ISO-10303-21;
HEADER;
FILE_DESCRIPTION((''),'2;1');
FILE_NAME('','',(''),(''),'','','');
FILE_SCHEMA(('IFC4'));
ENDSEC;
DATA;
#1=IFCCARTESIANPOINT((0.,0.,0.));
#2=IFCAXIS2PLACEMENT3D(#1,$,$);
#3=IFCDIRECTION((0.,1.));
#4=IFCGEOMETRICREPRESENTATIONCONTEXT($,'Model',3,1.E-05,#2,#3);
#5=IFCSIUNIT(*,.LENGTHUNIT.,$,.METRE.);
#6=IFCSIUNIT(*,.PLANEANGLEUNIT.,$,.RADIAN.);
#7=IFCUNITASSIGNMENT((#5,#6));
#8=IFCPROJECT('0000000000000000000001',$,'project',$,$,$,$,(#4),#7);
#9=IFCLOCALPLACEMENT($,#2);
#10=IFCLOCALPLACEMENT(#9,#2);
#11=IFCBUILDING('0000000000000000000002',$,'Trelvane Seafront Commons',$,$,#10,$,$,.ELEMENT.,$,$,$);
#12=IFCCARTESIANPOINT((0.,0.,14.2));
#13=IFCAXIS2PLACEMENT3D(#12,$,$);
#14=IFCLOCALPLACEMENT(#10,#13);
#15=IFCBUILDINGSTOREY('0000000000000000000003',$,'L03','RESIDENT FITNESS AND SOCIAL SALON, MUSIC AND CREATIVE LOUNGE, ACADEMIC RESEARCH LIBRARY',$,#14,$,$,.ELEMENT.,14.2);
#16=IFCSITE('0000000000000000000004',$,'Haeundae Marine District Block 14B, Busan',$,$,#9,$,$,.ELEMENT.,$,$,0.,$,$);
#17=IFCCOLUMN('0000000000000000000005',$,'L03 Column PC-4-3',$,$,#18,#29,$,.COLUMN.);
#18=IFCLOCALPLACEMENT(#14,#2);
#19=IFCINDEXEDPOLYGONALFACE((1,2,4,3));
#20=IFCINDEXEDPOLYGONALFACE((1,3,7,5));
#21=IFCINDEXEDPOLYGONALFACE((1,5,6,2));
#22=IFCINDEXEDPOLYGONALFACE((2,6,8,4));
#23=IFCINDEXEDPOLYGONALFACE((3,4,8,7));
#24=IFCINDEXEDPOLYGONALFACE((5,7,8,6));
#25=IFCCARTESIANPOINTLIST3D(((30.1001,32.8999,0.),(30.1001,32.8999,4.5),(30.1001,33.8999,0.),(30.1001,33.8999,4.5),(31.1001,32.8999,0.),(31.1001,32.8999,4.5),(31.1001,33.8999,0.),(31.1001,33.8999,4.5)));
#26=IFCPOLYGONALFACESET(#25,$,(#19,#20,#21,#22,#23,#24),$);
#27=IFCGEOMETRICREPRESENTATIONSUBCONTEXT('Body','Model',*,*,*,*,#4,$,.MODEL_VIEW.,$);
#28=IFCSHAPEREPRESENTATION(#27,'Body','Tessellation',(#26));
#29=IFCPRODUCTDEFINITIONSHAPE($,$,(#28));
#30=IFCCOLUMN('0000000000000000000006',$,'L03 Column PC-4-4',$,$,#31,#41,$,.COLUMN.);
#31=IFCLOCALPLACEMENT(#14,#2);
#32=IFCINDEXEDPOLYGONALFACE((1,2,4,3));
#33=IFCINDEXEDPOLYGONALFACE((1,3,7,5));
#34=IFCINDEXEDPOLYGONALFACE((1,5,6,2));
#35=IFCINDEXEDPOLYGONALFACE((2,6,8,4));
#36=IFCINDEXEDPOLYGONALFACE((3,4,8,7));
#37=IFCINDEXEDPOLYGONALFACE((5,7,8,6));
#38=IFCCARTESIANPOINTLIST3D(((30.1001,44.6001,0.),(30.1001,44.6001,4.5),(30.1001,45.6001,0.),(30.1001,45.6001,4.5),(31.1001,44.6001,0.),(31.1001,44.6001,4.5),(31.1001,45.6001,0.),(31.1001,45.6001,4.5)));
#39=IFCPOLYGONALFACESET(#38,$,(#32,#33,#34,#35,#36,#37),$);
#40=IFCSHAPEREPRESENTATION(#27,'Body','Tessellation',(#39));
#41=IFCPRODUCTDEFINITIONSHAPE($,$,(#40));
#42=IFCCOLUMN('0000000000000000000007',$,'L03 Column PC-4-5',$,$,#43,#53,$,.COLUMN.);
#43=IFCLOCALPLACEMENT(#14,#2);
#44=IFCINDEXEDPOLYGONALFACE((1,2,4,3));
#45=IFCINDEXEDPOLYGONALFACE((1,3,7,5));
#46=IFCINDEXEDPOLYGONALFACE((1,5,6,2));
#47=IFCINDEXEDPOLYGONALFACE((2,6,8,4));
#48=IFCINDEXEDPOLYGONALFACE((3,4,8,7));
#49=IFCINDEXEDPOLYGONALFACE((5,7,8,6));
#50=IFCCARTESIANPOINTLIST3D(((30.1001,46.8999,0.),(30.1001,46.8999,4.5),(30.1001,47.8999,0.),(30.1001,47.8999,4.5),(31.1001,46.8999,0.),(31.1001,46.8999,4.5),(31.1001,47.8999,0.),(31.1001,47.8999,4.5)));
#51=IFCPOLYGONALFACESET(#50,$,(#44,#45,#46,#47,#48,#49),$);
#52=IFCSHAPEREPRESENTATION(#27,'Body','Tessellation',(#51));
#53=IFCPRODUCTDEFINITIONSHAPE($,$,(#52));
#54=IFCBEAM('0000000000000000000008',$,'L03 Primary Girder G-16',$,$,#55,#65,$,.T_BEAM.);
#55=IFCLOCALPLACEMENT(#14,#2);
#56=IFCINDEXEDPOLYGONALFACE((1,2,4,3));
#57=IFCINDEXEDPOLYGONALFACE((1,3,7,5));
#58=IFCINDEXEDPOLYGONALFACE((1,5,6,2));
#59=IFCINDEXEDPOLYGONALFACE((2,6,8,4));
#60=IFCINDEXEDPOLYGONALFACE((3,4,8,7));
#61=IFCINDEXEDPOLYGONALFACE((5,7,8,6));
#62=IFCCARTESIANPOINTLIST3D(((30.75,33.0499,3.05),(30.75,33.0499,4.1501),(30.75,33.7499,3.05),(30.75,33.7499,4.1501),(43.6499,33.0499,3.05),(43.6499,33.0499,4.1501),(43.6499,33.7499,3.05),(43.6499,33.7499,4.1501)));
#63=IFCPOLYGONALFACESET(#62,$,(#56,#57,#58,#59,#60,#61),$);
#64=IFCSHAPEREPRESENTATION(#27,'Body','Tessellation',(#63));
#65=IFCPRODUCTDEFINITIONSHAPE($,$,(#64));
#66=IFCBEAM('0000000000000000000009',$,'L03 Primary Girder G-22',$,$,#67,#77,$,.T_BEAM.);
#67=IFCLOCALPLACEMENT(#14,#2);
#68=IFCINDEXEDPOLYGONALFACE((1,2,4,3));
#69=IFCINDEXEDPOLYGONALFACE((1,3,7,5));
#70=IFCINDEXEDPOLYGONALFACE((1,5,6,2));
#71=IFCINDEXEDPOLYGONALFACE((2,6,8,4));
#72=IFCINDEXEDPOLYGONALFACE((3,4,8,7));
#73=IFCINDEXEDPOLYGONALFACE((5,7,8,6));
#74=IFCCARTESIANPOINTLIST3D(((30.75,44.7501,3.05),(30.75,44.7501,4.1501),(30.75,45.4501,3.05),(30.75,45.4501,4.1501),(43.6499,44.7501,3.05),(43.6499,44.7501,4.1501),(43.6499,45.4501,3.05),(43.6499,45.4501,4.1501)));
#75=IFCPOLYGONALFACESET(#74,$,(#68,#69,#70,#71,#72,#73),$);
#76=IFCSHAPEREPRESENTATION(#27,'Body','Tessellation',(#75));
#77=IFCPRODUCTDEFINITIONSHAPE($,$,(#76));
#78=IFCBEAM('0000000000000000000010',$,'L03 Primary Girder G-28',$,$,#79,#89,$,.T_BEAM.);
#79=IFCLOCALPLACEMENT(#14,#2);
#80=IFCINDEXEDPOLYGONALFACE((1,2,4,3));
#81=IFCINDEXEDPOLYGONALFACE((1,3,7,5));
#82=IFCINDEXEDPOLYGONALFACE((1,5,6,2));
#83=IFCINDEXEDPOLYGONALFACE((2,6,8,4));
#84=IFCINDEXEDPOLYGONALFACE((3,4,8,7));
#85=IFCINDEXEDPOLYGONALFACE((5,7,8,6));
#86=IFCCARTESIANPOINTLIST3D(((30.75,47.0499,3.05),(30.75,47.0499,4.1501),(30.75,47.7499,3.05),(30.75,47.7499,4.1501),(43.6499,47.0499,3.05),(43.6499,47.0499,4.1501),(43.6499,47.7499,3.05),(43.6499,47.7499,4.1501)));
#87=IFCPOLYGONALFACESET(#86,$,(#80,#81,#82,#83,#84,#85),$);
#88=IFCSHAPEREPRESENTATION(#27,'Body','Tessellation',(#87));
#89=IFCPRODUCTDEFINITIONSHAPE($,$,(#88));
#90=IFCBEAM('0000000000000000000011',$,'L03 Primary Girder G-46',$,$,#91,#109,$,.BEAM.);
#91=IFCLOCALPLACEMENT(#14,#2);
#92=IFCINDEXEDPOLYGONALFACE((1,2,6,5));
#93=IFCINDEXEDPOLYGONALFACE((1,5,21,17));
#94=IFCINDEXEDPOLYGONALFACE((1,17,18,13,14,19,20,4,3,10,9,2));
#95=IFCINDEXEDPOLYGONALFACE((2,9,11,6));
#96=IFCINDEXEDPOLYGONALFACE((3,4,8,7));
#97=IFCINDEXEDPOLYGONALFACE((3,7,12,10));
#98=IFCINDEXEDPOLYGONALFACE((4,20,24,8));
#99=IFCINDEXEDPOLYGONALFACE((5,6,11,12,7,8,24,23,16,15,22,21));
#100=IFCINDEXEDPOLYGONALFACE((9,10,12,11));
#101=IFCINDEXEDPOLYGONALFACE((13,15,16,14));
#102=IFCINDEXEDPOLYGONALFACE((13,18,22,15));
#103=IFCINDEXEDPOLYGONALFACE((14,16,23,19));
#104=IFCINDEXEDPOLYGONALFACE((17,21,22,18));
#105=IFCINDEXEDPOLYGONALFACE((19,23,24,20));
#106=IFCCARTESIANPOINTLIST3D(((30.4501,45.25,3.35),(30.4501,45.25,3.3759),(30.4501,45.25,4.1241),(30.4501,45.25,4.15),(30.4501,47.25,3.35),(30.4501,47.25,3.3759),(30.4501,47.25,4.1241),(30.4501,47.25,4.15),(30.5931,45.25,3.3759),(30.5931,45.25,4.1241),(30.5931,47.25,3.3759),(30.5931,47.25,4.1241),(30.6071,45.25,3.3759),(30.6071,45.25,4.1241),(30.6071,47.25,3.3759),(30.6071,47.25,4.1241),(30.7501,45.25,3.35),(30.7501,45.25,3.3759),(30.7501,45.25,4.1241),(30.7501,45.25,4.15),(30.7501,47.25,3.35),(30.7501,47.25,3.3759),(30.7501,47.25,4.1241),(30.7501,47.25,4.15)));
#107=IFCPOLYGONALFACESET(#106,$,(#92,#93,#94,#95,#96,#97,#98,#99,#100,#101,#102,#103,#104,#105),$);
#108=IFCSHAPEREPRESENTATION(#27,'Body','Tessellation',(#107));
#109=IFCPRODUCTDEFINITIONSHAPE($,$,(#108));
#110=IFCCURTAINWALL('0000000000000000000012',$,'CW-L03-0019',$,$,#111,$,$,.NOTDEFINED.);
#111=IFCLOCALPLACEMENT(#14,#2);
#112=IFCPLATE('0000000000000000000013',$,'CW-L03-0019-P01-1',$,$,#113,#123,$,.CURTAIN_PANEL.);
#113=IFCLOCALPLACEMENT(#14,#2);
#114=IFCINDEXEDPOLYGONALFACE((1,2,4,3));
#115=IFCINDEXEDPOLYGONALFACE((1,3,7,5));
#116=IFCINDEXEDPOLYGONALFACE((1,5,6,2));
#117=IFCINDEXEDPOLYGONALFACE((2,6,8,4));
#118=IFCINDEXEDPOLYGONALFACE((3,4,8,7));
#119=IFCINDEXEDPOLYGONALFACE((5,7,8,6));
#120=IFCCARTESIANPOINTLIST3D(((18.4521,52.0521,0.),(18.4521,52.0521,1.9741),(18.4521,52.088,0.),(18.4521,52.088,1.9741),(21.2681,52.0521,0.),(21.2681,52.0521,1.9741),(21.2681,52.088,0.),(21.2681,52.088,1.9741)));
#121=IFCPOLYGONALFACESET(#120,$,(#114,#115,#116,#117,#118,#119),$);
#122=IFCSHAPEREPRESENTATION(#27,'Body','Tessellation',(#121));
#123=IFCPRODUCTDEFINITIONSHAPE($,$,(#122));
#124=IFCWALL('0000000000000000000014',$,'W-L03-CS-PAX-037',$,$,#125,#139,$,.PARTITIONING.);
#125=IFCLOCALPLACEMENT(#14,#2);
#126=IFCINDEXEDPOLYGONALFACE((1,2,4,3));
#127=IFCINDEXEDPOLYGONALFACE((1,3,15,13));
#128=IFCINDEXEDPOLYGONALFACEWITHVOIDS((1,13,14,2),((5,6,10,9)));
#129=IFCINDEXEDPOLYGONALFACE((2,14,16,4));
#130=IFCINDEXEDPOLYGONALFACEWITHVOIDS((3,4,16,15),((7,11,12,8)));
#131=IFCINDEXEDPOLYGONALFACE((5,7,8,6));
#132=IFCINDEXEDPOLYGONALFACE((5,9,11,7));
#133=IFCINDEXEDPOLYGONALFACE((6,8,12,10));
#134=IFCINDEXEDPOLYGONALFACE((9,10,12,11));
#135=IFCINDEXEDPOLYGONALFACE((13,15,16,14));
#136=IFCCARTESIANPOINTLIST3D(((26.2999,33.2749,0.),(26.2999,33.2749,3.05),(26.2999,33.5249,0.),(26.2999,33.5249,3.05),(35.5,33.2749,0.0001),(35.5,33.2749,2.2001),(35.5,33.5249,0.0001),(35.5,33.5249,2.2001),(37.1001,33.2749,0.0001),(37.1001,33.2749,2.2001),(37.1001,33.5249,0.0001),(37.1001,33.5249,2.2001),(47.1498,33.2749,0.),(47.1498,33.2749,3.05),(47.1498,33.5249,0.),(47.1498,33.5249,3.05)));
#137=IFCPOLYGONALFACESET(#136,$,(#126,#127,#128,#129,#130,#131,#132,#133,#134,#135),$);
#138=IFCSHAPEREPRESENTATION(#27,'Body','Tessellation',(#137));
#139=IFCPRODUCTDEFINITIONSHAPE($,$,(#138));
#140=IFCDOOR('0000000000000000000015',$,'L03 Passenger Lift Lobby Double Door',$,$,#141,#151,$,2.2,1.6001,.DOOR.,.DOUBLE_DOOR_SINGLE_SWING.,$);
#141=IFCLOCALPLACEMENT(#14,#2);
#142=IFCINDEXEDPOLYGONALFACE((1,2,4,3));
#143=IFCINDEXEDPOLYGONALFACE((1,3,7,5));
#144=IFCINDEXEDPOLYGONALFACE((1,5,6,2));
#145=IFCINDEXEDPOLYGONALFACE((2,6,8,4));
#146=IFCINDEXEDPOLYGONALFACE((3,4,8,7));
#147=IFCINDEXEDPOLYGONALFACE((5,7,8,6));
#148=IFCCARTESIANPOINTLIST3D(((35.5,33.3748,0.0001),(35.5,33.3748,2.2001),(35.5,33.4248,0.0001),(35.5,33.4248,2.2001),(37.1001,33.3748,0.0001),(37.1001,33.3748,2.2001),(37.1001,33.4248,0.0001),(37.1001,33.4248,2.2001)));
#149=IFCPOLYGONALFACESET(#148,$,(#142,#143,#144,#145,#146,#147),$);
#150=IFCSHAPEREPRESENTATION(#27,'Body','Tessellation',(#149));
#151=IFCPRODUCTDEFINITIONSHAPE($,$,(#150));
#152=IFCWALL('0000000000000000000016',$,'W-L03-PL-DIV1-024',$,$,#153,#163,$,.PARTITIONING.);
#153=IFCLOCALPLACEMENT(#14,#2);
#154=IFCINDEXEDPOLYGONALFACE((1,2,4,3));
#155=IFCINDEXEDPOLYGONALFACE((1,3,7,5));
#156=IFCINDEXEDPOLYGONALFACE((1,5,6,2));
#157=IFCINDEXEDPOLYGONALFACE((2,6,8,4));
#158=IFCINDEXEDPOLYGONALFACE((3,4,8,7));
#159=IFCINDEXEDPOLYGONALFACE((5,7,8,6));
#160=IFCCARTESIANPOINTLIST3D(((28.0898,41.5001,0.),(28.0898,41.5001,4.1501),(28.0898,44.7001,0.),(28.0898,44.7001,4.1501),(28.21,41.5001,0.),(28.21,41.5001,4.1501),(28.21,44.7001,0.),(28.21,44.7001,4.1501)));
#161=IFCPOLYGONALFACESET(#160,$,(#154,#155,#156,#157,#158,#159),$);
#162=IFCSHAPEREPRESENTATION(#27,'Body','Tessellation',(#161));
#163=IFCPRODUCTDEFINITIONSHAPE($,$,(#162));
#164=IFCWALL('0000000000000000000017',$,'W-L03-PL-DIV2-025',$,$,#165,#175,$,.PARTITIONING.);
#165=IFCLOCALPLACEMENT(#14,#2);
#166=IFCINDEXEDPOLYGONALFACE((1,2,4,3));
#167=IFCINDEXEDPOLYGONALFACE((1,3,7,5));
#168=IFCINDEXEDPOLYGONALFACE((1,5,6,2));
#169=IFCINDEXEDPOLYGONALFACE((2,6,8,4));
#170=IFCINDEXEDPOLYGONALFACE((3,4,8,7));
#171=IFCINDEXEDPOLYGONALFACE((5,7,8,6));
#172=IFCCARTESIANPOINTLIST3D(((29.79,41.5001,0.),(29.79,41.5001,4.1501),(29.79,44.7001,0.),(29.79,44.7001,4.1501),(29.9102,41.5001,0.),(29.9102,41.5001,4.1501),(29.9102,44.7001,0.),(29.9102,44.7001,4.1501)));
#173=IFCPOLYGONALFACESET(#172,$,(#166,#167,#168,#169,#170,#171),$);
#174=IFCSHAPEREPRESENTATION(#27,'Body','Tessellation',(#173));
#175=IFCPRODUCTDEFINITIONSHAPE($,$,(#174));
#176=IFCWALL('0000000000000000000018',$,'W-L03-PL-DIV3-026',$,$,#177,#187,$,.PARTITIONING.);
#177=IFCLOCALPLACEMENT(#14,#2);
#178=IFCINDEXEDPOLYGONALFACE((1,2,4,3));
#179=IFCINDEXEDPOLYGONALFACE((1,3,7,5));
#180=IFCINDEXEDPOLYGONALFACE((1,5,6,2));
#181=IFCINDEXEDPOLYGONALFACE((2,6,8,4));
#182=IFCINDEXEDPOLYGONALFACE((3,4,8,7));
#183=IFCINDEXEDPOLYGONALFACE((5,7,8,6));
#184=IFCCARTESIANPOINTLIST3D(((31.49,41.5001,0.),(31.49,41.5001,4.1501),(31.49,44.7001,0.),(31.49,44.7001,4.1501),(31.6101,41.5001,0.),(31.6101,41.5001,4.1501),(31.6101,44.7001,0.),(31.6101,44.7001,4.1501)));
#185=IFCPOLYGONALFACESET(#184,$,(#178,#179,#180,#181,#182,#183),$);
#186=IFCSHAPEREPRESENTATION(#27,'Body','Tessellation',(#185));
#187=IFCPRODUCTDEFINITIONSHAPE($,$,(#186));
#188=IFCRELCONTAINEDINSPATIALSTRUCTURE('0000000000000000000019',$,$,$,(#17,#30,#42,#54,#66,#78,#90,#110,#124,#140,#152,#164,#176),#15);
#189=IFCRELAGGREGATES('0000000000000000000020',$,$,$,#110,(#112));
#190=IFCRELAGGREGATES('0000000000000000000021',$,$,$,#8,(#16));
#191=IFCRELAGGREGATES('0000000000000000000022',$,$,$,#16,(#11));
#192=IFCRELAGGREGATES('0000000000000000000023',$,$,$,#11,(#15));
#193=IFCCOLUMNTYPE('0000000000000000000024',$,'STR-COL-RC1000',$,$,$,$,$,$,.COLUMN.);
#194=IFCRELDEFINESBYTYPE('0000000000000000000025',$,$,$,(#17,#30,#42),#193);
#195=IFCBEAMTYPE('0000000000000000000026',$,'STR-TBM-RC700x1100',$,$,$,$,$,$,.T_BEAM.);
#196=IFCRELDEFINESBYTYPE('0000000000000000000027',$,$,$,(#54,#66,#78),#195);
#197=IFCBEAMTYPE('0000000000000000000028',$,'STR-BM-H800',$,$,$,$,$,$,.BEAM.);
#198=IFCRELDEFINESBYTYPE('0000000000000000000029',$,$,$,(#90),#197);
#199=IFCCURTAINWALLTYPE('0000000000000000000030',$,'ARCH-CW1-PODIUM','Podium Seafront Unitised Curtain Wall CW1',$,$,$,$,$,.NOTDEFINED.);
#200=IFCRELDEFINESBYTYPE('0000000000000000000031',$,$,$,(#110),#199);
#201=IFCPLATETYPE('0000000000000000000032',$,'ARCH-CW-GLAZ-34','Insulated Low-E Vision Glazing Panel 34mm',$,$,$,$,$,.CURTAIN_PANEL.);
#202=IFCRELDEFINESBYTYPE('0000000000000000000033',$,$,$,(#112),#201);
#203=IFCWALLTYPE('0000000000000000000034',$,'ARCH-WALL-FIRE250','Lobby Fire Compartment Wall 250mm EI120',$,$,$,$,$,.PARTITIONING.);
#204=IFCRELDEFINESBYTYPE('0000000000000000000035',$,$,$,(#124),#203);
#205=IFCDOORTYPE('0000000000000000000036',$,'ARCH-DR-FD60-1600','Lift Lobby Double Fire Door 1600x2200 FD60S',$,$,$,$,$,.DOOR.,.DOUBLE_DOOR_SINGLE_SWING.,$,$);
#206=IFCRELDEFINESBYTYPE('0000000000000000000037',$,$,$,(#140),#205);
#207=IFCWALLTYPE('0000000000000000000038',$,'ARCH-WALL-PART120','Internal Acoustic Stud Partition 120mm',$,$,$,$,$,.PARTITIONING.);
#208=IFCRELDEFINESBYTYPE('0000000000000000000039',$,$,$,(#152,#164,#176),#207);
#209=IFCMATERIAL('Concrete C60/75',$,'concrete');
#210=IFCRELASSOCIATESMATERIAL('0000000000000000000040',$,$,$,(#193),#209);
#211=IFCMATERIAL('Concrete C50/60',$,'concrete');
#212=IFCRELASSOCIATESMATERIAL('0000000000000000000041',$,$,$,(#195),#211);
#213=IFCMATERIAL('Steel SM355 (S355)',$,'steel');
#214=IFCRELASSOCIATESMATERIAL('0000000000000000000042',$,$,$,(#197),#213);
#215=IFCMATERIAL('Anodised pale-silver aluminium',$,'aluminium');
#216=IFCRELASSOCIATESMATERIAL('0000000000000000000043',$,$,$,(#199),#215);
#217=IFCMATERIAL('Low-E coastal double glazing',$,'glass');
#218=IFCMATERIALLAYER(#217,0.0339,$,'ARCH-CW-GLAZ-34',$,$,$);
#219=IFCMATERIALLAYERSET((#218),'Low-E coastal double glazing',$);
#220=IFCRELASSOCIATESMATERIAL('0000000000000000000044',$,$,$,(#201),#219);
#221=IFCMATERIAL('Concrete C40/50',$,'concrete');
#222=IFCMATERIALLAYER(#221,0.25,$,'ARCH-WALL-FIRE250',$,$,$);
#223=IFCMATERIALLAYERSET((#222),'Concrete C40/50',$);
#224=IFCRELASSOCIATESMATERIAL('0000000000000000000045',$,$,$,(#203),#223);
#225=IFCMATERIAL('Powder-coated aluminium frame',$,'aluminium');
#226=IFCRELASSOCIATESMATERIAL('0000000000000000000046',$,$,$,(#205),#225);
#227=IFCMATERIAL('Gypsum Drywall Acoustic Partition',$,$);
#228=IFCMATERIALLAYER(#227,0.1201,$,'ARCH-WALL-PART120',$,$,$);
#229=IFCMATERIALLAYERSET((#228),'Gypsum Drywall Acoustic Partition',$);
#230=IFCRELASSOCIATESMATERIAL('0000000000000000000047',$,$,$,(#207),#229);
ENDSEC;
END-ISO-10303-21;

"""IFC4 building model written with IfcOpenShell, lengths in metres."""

from ifc_helpers import new_model, si_unit, direction, frame, frame_2d, origin, origin_2d, place, context, subcontext, project, spatial, rectangle, i_section, extrude, source, transform, mapped, material, layer, layer_set, material_profile, profile_set, type_object, element, fill, aggregate, save


model = new_model("IFC4")

# Units and contexts
model_context = context("Model", 3, precision=1e-05, world=origin(), true_north=direction((0.0, 1.0)))
body_context = subcontext(model_context, "Body", "Model", "MODEL_VIEW")
ifc_project = project(units=[si_unit("LENGTHUNIT", "METRE"), si_unit("PLANEANGLEUNIT", "RADIAN")], contexts=[model_context])

# Site, building, storey
site_placement = place(None, origin())
site = spatial("IfcSite", under=ifc_project, at=site_placement, Name="Haeundae Marine District Block 14B, Busan", CompositionType="ELEMENT", RefElevation=0.0)
building_placement = place(site_placement, origin())
building = spatial("IfcBuilding", under=site, at=building_placement, Name="Trelvane Seafront Commons", CompositionType="ELEMENT")
storey_placement = place(building_placement, frame((0.0, 0.0, 14.2)))
storey = spatial("IfcBuildingStorey", under=building, at=storey_placement, Name="L03", Description="RESIDENT FITNESS AND SOCIAL SALON, MUSIC AND CREATIVE LOUNGE, ACADEMIC RESEARCH LIBRARY", CompositionType="ELEMENT", Elevation=14.2)

# Columns
ifc_material_1 = material(Name="Concrete C60/75", Category="concrete")
ifc_material_profile_1 = material_profile(ifc_material_1, rectangle(XDim=1.0, YDim=1.0, at=origin_2d()), Name="RC-1000x1000")
ifc_profile_set_1 = profile_set([ifc_material_profile_1], Name="Concrete C60/75")
column_type = type_object("IfcColumnType", Name="STR-COL-RC1000", PredefinedType="COLUMN", material=ifc_profile_set_1)
shared_shape_1 = source(origin(), body_context, "Body", "SweptSolid", [
    extrude(rectangle(XDim=1.0, YDim=1.0, at=origin_2d()), origin(), (0.0, 0.0, 1.0), 4.5),
])
for number, where, z_axis, x_axis, name in (
    (1, (30.6001, 33.3999, 0.0), (0.0, 0.0, 1.0), (1.0, 0.0, 0.0), "L03 Column PC-4-3"),
    (2, (30.6001, 45.1001, 0.0), (0.0, 0.0, 1.0), (1.0, 0.0, 0.0), "L03 Column PC-4-4"),
    (3, (30.6001, 47.3999, 0.0), (0.0, 0.0, 1.0), (1.0, 0.0, 0.0), "L03 Column PC-4-5"),
):
    element("IfcColumn", number, at=place(storey_placement, frame(where, z_axis=z_axis, x_axis=x_axis)), inside=storey, type_object=column_type, Name=name, PredefinedType="COLUMN", context=body_context, shape_type="MappedRepresentation", body=[
        mapped(shared_shape_1, transform((0.0, 0.0, 0.0), x_axis=(1.0, 0.0, 0.0), y_axis=(0.0, 1.0, 0.0), z_axis=(0.0, 0.0, 1.0), scale=1.0)),
    ])

# Beams
ifc_material_2 = material(Name="Concrete C50/60", Category="concrete")
ifc_material_profile_2 = material_profile(ifc_material_2, rectangle(XDim=0.7, YDim=1.1001, at=origin_2d()), Name="RC-700x1100")
ifc_profile_set_2 = profile_set([ifc_material_profile_2], Name="Concrete C50/60")
beam_type_1 = type_object("IfcBeamType", Name="STR-TBM-RC700x1100", PredefinedType="T_BEAM", material=ifc_profile_set_2)
shared_shape_2 = source(origin(), body_context, "Body", "SweptSolid", [
    extrude(rectangle(XDim=0.7, YDim=1.1001, at=origin_2d()), origin(), (0.0, 0.0, 1.0), 12.8999),
])
for number, where, z_axis, x_axis, name in (
    (4, (30.75, 33.3999, 3.6001), (1.0, 0.0, 0.0), (0.0, 1.0, 0.0), "L03 Primary Girder G-16"),
    (5, (30.75, 45.1001, 3.6001), (1.0, 0.0, 0.0), (0.0, 1.0, 0.0), "L03 Primary Girder G-22"),
    (6, (30.75, 47.3999, 3.6001), (1.0, 0.0, 0.0), (0.0, 1.0, 0.0), "L03 Primary Girder G-28"),
):
    element("IfcBeam", number, at=place(storey_placement, frame(where, z_axis=z_axis, x_axis=x_axis)), inside=storey, type_object=beam_type_1, Name=name, PredefinedType="T_BEAM", context=body_context, shape_type="MappedRepresentation", body=[
        mapped(shared_shape_2, transform((0.0, 0.0, 0.0), x_axis=(1.0, 0.0, 0.0), y_axis=(0.0, 1.0, 0.0), z_axis=(0.0, 0.0, 1.0), scale=1.0)),
    ])
ifc_material_3 = material(Name="Steel SM355 (S355)", Category="steel")
ifc_material_profile_3 = material_profile(ifc_material_3, i_section(OverallWidth=0.3, OverallDepth=0.8, WebThickness=0.0139, FlangeThickness=0.0259, at=origin_2d()), Name="H-800x300x14x26")
ifc_profile_set_3 = profile_set([ifc_material_profile_3], Name="Steel SM355 (S355)")
beam_type_2 = type_object("IfcBeamType", Name="STR-BM-H800", PredefinedType="BEAM", material=ifc_profile_set_3)
shared_shape_3 = source(origin(), body_context, "Body", "SweptSolid", [
    extrude(i_section(OverallWidth=0.3, OverallDepth=0.8, WebThickness=0.0139, FlangeThickness=0.0259, at=origin_2d()), origin(), (0.0, 0.0, 1.0), 2.0),
])
beam_placement = place(storey_placement, frame((30.6001, 45.25, 3.75), z_axis=(0.0, 1.0, 0.0), x_axis=(-1.0, 0.0, 0.0)))
element("IfcBeam", 7, at=beam_placement, inside=storey, type_object=beam_type_2, Name="L03 Primary Girder G-46", PredefinedType="BEAM", context=body_context, shape_type="MappedRepresentation", body=[
    mapped(shared_shape_3, transform((0.0, 0.0, 0.0), x_axis=(1.0, 0.0, 0.0), y_axis=(0.0, 1.0, 0.0), z_axis=(0.0, 0.0, 1.0), scale=1.0)),
])

# Curtain wall, plate
ifc_material_4 = material(Name="Anodised pale-silver aluminium", Category="aluminium")
curtain_wall_type = type_object("IfcCurtainWallType", Name="ARCH-CW1-PODIUM", Description="Podium Seafront Unitised Curtain Wall CW1", PredefinedType="NOTDEFINED", material=ifc_material_4)
curtain_wall_placement = place(storey_placement, origin())
curtain_wall = element("IfcCurtainWall", 8, at=curtain_wall_placement, inside=storey, type_object=curtain_wall_type, Name="CW-L03-0019", PredefinedType="NOTDEFINED")
ifc_material_5 = material(Name="Low-E coastal double glazing", Category="glass")
ifc_layer_1 = layer(ifc_material_5, 0.0339, Name="ARCH-CW-GLAZ-34")
ifc_layer_set_1 = layer_set([ifc_layer_1], Name="Low-E coastal double glazing")
plate_type = type_object("IfcPlateType", Name="ARCH-CW-GLAZ-34", Description="Insulated Low-E Vision Glazing Panel 34mm", PredefinedType="CURTAIN_PANEL", material=ifc_layer_set_1)
shared_shape_4 = source(origin(), body_context, "Body", "SweptSolid", [
    extrude(rectangle(XDim=2.8159, YDim=0.0359, at=origin_2d()), origin(), (0.0, 0.0, 1.0), 1.9741),
])
plate_placement = place(storey_placement, frame((19.8601, 52.0701, 0.0), z_axis=(0.0, 0.0, 1.0), x_axis=(1.0, 0.0, 0.0)))
plate = element("IfcPlate", 9, at=plate_placement, type_object=plate_type, Name="CW-L03-0019-P01-1", PredefinedType="CURTAIN_PANEL", context=body_context, shape_type="MappedRepresentation", body=[
    mapped(shared_shape_4, transform((0.0, 0.0, 0.0), x_axis=(1.0, 0.0, 0.0), y_axis=(0.0, 1.0, 0.0), z_axis=(0.0, 0.0, 1.0), scale=1.0)),
])
aggregate(curtain_wall, [plate])

# Wall, opening, door
ifc_material_6 = material(Name="Concrete C40/50", Category="concrete")
ifc_layer_2 = layer(ifc_material_6, 0.25, Name="ARCH-WALL-FIRE250")
ifc_layer_set_2 = layer_set([ifc_layer_2], Name="Concrete C40/50")
wall_type_1 = type_object("IfcWallType", Name="ARCH-WALL-FIRE250", Description="Lobby Fire Compartment Wall 250mm EI120", PredefinedType="PARTITIONING", material=ifc_layer_set_2)
wall_1_placement = place(storey_placement, frame((26.3, 33.3999, 0.0), z_axis=(0.0, 0.0, 1.0), x_axis=(1.0, 0.0, 0.0)))
wall_1 = element("IfcWall", 10, at=wall_1_placement, inside=storey, type_object=wall_type_1, Name="W-L03-CS-PAX-037", PredefinedType="PARTITIONING", context=body_context, shape_type="SweptSolid", body=[
    extrude(rectangle(XDim=20.8499, YDim=0.25, at=frame_2d((10.4248, 0.0))), origin(), (0.0, 0.0, 1.0), 3.05),
])
opening_1_placement = place(wall_1_placement, frame((9.2, 0.0, 0.0)))
opening_1 = element("IfcOpeningElement", 11, at=opening_1_placement, cuts=wall_1, PredefinedType="OPENING", context=body_context, shape_type="SweptSolid", body=[
    extrude(rectangle(XDim=1.6001, YDim=2.2, at=frame_2d((0.8, 1.1001))), frame((0.0, 0.135, 0.0), z_axis=(0.0, -1.0, 0.0), x_axis=(1.0, 0.0, 0.0)), (0.0, 0.0, 1.0), 0.27),
])
ifc_material_7 = material(Name="Powder-coated aluminium frame", Category="aluminium")
door_type_1 = type_object("IfcDoorType", Name="ARCH-DR-FD60-1600", Description="Lift Lobby Double Fire Door 1600x2200 FD60S", OperationType="DOUBLE_DOOR_SINGLE_SWING", PredefinedType="DOOR", material=ifc_material_7)
shared_shape_5 = source(origin(), body_context, "Body", "SweptSolid", [
    extrude(rectangle(XDim=1.6001, YDim=2.2, at=frame_2d((0.8, 1.1001))), frame((0.0, 0.0249, 0.0), z_axis=(0.0, -1.0, 0.0), x_axis=(1.0, 0.0, 0.0)), (0.0, 0.0, 1.0), 0.05),
])
door_1_placement = place(opening_1_placement, origin())
door_1 = element("IfcDoor", 12, at=door_1_placement, inside=storey, type_object=door_type_1, Name="L03 Passenger Lift Lobby Double Door", OperationType="DOUBLE_DOOR_SINGLE_SWING", OverallHeight=2.2, OverallWidth=1.6001, PredefinedType="DOOR", context=body_context, shape_type="MappedRepresentation", body=[
    mapped(shared_shape_5, transform((0.0, 0.0, 0.0), x_axis=(1.0, 0.0, 0.0), y_axis=(0.0, 1.0, 0.0), z_axis=(0.0, 0.0, 1.0), scale=1.0)),
])
fill(opening_1, door_1)

# Walls
ifc_material_8 = material(Name="Gypsum Drywall Acoustic Partition")
ifc_layer_3 = layer(ifc_material_8, 0.1201, Name="ARCH-WALL-PART120")
ifc_layer_set_3 = layer_set([ifc_layer_3], Name="Gypsum Drywall Acoustic Partition")
wall_type_2 = type_object("IfcWallType", Name="ARCH-WALL-PART120", Description="Internal Acoustic Stud Partition 120mm", PredefinedType="PARTITIONING", material=ifc_layer_set_3)
for number, where, z_axis, x_axis, name in (
    (13, (28.1499, 41.5, 0.0), (0.0, 0.0, 1.0), (0.0, 1.0, 0.0), "W-L03-PL-DIV1-024"),
    (14, (29.8501, 41.5, 0.0), (0.0, 0.0, 1.0), (0.0, 1.0, 0.0), "W-L03-PL-DIV2-025"),
    (15, (31.55, 41.5, 0.0), (0.0, 0.0, 1.0), (0.0, 1.0, 0.0), "W-L03-PL-DIV3-026"),
):
    element("IfcWall", number, at=place(storey_placement, frame(where, z_axis=z_axis, x_axis=x_axis)), inside=storey, type_object=wall_type_2, Name=name, PredefinedType="PARTITIONING", context=body_context, shape_type="SweptSolid", body=[
        extrude(rectangle(XDim=3.2, YDim=0.1201, at=frame_2d((1.6001, 0.0))), origin(), (0.0, 0.0, 1.0), 4.1501),
    ])

save(model, "model.ifc")
